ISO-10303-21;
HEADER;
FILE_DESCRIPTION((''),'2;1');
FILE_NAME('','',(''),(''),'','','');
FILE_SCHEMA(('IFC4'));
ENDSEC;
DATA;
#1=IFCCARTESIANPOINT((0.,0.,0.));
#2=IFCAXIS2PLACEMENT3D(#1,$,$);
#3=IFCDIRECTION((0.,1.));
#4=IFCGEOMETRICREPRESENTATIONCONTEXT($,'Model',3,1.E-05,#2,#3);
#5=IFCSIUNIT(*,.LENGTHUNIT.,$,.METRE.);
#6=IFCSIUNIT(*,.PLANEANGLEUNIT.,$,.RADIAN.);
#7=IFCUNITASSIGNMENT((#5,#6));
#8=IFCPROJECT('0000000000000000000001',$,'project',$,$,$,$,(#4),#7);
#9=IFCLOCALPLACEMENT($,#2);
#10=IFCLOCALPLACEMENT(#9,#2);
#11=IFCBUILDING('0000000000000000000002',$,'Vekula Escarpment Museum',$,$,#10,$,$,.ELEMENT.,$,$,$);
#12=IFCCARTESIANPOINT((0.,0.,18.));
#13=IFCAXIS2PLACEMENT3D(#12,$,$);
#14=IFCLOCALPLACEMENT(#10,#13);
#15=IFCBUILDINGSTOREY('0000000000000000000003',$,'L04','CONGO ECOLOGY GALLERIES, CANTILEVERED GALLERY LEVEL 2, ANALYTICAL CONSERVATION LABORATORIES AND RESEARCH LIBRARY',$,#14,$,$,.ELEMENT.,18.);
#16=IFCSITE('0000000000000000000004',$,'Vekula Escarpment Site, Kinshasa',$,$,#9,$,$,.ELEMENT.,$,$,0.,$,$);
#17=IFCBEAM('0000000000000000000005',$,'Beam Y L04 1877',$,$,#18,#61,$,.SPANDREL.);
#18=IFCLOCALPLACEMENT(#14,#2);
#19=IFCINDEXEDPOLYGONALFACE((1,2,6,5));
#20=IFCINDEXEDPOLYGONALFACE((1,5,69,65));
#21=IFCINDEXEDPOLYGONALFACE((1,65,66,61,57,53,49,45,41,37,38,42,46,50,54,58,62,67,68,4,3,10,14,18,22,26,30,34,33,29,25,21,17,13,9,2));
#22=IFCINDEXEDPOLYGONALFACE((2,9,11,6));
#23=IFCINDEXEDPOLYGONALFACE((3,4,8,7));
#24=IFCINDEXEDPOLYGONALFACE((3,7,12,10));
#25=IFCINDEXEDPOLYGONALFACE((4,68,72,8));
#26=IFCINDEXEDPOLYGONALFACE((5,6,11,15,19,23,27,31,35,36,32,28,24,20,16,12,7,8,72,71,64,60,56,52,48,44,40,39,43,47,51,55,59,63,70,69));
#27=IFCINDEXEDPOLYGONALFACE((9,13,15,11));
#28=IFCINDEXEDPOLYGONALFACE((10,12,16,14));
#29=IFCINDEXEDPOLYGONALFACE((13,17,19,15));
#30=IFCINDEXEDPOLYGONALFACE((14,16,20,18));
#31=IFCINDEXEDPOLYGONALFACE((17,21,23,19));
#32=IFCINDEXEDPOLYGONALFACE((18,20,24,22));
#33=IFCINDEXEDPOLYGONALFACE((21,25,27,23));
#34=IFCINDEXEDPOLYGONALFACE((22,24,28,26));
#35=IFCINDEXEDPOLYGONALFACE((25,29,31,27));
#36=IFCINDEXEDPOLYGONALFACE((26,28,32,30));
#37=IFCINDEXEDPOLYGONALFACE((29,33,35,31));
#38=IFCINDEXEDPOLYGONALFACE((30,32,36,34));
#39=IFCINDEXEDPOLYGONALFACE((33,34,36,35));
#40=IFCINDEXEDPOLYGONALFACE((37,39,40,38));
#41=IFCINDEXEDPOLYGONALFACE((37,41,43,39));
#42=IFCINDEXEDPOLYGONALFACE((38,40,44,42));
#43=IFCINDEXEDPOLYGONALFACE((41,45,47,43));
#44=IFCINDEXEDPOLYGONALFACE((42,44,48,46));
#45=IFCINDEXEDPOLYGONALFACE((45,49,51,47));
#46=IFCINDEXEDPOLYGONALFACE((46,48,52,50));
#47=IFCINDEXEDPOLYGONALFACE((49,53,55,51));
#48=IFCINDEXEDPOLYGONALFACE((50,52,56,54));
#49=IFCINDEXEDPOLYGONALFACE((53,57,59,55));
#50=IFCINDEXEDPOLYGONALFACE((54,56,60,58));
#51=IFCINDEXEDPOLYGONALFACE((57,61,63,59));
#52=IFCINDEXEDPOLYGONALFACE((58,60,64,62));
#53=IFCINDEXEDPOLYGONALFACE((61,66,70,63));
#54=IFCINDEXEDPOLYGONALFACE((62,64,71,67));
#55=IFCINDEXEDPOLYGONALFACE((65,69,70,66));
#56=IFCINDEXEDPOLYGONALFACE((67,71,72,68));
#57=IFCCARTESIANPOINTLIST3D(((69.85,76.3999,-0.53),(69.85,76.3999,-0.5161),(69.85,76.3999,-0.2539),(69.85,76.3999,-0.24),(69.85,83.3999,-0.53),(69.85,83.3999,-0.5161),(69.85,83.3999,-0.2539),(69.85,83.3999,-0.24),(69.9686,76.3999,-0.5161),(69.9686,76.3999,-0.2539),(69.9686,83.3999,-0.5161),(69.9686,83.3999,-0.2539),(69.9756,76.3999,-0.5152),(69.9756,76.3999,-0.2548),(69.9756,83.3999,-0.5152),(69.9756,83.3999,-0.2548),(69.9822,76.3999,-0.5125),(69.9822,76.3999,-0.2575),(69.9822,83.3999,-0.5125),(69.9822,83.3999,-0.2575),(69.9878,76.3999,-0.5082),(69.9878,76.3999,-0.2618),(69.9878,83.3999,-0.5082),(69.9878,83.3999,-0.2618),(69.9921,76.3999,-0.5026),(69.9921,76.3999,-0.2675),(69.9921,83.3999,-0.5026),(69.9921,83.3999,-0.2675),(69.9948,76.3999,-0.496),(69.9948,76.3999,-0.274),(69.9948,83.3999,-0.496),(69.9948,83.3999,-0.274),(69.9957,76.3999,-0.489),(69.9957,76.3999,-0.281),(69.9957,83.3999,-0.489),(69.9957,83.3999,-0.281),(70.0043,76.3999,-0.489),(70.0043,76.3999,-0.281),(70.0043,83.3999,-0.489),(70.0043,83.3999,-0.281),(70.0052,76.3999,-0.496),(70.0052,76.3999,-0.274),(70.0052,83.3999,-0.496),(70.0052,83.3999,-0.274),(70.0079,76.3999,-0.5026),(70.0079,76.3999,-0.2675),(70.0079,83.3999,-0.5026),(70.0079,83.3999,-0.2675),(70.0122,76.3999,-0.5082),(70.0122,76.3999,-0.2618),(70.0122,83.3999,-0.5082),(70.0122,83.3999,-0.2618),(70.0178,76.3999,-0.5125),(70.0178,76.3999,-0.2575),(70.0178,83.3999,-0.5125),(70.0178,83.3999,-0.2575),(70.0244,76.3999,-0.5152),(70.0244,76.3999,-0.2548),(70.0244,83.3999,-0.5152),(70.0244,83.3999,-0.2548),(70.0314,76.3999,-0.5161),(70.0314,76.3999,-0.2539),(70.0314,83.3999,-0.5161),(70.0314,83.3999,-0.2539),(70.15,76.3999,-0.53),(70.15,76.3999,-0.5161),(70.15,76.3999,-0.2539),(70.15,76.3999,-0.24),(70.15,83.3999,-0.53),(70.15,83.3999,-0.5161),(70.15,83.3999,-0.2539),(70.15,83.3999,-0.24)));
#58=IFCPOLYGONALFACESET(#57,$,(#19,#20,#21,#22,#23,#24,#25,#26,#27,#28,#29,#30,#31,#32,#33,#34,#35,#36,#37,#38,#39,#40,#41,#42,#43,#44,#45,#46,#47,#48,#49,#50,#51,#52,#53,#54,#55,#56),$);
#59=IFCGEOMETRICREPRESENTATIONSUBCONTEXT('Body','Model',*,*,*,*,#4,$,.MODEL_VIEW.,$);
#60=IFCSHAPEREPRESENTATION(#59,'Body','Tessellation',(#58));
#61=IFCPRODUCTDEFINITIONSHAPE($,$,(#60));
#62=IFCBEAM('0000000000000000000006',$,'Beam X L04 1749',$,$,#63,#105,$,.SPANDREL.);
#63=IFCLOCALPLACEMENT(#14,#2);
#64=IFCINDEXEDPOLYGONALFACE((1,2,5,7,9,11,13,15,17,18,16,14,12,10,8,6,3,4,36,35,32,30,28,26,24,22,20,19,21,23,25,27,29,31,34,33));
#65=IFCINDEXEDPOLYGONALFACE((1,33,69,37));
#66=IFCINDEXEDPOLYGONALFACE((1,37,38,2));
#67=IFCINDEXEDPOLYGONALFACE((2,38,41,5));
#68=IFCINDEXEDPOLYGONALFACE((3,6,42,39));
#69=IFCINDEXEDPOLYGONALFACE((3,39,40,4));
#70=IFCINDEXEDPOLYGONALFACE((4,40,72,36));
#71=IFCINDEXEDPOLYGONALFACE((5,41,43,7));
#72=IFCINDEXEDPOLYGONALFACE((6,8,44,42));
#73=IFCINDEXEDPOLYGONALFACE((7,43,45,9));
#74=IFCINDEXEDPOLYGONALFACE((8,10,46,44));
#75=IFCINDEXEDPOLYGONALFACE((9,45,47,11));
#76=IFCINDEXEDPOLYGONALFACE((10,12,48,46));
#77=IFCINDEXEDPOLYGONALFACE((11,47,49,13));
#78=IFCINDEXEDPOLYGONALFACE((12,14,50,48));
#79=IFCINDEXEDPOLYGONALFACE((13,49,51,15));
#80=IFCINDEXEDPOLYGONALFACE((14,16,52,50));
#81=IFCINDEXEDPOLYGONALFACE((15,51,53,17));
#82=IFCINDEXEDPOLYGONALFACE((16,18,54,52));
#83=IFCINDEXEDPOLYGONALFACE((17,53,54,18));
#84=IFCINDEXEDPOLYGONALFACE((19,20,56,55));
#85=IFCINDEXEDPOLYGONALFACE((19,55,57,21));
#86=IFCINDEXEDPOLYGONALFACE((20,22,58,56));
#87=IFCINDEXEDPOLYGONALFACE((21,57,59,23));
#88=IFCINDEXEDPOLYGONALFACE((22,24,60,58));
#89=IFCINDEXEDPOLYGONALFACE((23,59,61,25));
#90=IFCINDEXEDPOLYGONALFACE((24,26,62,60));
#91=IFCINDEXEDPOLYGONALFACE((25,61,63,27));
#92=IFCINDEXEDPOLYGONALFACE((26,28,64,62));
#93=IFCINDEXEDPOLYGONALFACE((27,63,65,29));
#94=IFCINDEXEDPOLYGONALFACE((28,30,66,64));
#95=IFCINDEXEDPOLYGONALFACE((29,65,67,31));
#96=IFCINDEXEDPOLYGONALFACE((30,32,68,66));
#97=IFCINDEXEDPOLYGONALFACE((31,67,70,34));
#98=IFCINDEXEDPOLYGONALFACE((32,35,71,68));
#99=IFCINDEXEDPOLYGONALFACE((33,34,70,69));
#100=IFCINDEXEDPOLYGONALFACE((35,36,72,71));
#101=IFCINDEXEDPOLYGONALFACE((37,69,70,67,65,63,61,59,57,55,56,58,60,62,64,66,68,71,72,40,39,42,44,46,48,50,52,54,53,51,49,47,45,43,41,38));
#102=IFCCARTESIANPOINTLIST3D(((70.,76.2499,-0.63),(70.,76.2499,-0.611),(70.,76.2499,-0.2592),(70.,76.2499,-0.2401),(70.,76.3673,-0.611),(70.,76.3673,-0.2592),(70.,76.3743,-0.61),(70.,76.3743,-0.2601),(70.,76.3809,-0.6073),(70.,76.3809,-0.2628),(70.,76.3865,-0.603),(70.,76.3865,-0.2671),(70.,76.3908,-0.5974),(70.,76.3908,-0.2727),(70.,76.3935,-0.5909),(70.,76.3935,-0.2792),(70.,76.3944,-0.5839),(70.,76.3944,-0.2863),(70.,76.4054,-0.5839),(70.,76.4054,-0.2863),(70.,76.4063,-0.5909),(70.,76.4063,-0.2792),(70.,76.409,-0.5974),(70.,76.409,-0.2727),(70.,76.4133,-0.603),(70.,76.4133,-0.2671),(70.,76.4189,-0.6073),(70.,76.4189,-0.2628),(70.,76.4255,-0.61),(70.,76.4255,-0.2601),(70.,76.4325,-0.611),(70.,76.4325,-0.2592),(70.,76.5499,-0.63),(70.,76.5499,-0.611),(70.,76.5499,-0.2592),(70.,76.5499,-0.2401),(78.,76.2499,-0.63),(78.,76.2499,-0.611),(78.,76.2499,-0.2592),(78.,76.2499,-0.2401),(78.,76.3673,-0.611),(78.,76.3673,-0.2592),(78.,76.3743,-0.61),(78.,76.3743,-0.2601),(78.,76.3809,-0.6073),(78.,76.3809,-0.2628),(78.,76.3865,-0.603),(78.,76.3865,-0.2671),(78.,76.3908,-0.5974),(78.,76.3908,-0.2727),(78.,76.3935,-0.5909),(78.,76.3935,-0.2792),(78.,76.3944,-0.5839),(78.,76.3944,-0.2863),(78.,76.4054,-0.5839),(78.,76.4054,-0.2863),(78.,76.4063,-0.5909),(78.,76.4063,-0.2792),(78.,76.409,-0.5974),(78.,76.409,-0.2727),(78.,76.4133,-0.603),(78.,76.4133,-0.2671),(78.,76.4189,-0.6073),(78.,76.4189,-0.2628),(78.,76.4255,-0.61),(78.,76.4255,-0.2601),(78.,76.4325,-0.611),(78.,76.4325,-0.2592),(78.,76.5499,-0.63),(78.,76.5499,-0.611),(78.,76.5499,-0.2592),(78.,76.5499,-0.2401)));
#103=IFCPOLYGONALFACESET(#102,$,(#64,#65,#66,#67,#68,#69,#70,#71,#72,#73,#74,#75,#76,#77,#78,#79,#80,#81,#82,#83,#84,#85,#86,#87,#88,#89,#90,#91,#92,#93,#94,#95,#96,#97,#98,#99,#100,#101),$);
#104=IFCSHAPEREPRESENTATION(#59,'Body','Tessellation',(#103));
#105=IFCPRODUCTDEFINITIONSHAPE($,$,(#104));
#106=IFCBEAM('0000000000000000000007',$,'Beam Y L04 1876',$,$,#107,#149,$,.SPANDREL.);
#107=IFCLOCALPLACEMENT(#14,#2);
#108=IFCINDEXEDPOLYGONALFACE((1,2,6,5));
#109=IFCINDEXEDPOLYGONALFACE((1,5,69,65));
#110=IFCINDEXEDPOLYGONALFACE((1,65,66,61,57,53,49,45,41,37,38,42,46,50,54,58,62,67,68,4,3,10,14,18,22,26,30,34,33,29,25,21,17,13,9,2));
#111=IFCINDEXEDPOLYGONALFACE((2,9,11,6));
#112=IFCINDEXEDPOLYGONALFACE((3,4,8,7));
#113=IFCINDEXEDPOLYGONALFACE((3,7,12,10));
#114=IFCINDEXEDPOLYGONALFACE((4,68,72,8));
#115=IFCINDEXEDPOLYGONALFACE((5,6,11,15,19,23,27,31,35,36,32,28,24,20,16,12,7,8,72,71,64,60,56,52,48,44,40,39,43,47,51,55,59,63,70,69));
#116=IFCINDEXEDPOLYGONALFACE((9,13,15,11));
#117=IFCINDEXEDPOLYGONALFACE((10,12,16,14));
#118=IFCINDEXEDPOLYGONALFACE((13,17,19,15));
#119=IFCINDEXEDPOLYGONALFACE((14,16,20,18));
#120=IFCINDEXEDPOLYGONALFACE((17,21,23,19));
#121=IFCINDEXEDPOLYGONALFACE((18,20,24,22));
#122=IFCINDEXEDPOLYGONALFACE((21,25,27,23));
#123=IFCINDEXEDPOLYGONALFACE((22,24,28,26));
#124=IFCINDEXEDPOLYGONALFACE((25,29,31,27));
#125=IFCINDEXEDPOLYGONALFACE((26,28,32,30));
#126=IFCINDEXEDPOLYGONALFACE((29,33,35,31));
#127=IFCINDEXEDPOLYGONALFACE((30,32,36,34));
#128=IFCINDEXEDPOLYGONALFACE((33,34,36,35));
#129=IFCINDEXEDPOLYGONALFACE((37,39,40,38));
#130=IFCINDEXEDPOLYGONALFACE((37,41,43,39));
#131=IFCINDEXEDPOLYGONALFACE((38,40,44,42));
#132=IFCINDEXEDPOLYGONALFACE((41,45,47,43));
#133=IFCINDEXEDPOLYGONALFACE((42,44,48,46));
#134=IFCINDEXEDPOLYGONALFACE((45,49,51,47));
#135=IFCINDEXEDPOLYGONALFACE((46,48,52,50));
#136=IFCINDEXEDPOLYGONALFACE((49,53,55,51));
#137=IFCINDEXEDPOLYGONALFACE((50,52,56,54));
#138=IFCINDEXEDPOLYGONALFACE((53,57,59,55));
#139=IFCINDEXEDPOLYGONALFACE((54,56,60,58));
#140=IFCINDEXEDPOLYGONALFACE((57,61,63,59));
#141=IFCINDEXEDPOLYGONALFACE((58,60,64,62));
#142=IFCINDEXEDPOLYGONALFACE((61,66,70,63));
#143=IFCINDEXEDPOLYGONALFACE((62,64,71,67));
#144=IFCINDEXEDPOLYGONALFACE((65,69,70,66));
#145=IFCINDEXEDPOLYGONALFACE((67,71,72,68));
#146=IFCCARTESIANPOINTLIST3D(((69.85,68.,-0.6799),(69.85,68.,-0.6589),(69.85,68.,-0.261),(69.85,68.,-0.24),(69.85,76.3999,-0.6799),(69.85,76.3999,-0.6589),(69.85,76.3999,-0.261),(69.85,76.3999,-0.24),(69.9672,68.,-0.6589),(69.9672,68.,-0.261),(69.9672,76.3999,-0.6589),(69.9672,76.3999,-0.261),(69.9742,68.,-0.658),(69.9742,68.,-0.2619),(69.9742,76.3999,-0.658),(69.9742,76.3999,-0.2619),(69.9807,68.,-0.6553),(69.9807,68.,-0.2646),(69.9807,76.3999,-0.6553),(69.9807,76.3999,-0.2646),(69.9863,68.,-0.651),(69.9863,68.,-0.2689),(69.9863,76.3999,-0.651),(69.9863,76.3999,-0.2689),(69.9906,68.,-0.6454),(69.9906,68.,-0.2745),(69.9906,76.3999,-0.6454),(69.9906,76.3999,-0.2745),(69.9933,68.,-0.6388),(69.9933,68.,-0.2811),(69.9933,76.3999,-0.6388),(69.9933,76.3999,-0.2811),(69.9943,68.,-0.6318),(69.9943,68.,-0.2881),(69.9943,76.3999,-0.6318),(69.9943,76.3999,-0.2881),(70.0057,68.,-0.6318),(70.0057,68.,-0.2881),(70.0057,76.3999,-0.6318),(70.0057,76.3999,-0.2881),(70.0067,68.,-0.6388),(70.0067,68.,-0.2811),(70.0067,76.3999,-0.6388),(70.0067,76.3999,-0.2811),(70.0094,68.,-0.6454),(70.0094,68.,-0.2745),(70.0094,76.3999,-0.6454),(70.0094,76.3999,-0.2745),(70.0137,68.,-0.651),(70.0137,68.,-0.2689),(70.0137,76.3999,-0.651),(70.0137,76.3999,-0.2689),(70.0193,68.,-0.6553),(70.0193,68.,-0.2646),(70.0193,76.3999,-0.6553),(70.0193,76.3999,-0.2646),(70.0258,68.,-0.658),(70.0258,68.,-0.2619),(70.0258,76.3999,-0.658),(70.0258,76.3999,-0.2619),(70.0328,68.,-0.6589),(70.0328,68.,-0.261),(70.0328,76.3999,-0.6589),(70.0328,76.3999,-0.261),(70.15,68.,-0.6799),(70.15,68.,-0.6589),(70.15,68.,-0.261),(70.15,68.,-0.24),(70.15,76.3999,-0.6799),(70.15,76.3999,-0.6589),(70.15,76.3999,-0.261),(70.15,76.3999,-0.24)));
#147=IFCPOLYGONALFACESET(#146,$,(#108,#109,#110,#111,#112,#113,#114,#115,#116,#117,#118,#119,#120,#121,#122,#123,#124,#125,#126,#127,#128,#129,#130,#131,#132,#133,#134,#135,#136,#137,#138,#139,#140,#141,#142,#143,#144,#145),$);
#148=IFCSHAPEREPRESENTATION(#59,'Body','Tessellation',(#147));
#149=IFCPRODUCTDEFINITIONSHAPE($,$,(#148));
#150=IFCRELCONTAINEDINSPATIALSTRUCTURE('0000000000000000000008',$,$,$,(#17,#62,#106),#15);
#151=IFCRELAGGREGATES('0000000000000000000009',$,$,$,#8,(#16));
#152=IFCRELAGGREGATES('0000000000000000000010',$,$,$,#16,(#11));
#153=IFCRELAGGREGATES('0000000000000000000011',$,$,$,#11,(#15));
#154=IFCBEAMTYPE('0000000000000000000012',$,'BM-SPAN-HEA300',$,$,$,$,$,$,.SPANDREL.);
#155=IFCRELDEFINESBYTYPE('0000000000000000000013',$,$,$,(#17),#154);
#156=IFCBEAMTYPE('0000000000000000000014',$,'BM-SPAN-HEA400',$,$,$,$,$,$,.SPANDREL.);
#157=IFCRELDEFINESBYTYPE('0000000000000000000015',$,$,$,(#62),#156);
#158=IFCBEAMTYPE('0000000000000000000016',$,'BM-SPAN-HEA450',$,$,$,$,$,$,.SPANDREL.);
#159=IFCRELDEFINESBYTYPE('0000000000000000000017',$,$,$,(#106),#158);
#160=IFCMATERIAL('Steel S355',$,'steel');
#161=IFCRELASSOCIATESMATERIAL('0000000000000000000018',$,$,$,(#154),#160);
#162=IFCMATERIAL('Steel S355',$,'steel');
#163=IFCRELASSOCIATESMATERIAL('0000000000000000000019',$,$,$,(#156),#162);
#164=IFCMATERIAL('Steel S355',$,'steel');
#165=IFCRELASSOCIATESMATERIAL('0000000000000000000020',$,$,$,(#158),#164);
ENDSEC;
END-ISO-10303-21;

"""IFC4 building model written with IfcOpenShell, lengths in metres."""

from ifc_helpers import new_model, si_unit, direction, frame, origin, origin_2d, place, context, subcontext, project, spatial, i_section, extrude, material, material_profile, profile_set, type_object, element, save


model = new_model("IFC4")

# Units and contexts
model_context = context("Model", 3, precision=1e-05, world=origin(), true_north=direction((0.0, 1.0)))
body_context = subcontext(model_context, "Body", "Model", "MODEL_VIEW")
ifc_project = project(units=[si_unit("LENGTHUNIT", "METRE"), si_unit("PLANEANGLEUNIT", "RADIAN")], contexts=[model_context])

# Site, building, storey
site_placement = place(None, origin())
site = spatial("IfcSite", under=ifc_project, at=site_placement, Name="Vekula Escarpment Site, Kinshasa", CompositionType="ELEMENT", RefElevation=0.0)
building_placement = place(site_placement, origin())
building = spatial("IfcBuilding", under=site, at=building_placement, Name="Vekula Escarpment Museum", CompositionType="ELEMENT")
storey_placement = place(building_placement, frame((0.0, 0.0, 18.0)))
storey = spatial("IfcBuildingStorey", under=building, at=storey_placement, Name="L04", Description="CONGO ECOLOGY GALLERIES, CANTILEVERED GALLERY LEVEL 2, ANALYTICAL CONSERVATION LABORATORIES AND RESEARCH LIBRARY", CompositionType="ELEMENT", Elevation=18.0)

# Beams
ifc_material_1 = material(Name="Steel S355", Category="steel")
ifc_material_profile_1 = material_profile(ifc_material_1, i_section(OverallWidth=0.3, OverallDepth=0.29, WebThickness=0.0085, FlangeThickness=0.0139, FilletRadius=0.0271, at=origin_2d()), Name="HEA 300")
ifc_profile_set_1 = profile_set([ifc_material_profile_1], Name="Steel S355")
beam_type_1 = type_object("IfcBeamType", Name="BM-SPAN-HEA300", PredefinedType="SPANDREL", material=ifc_profile_set_1)
beam_1_placement = place(storey_placement, frame((70.0, 76.3999, -0.385), z_axis=(0.0, 1.0, 0.0), x_axis=(-1.0, 0.0, 0.0)))
element("IfcBeam", 1, at=beam_1_placement, inside=storey, type_object=beam_type_1, Name="Beam Y L04 1877", PredefinedType="SPANDREL", context=body_context, shape_type="SweptSolid", body=[
    extrude(i_section(OverallWidth=0.3, OverallDepth=0.29, WebThickness=0.0085, FlangeThickness=0.0139, FilletRadius=0.0271, at=origin_2d()), origin(), (0.0, 0.0, 1.0), 7.0),
])
ifc_material_2 = material(Name="Steel S355", Category="steel")
ifc_material_profile_2 = material_profile(ifc_material_2, i_section(OverallWidth=0.3, OverallDepth=0.3899, WebThickness=0.011, FlangeThickness=0.019, FilletRadius=0.0271, at=origin_2d()), Name="HEA 400")
ifc_profile_set_2 = profile_set([ifc_material_profile_2], Name="Steel S355")
beam_type_2 = type_object("IfcBeamType", Name="BM-SPAN-HEA400", PredefinedType="SPANDREL", material=ifc_profile_set_2)
beam_2_placement = place(storey_placement, frame((70.0, 76.3999, -0.4351), z_axis=(1.0, 0.0, 0.0), x_axis=(0.0, 1.0, 0.0)))
element("IfcBeam", 2, at=beam_2_placement, inside=storey, type_object=beam_type_2, Name="Beam X L04 1749", PredefinedType="SPANDREL", context=body_context, shape_type="SweptSolid", body=[
    extrude(i_section(OverallWidth=0.3, OverallDepth=0.3899, WebThickness=0.011, FlangeThickness=0.019, FilletRadius=0.0271, at=origin_2d()), origin(), (0.0, 0.0, 1.0), 8.0),
])
ifc_material_3 = material(Name="Steel S355", Category="steel")
ifc_material_profile_3 = material_profile(ifc_material_3, i_section(OverallWidth=0.3, OverallDepth=0.4399, WebThickness=0.0115, FlangeThickness=0.021, FilletRadius=0.0271, at=origin_2d()), Name="HEA 450")
ifc_profile_set_3 = profile_set([ifc_material_profile_3], Name="Steel S355")
beam_type_3 = type_object("IfcBeamType", Name="BM-SPAN-HEA450", PredefinedType="SPANDREL", material=ifc_profile_set_3)
beam_3_placement = place(storey_placement, frame((70.0, 68.0, -0.46), z_axis=(0.0, 1.0, 0.0), x_axis=(-1.0, 0.0, 0.0)))
element("IfcBeam", 3, at=beam_3_placement, inside=storey, type_object=beam_type_3, Name="Beam Y L04 1876", PredefinedType="SPANDREL", context=body_context, shape_type="SweptSolid", body=[
    extrude(i_section(OverallWidth=0.3, OverallDepth=0.4399, WebThickness=0.0115, FlangeThickness=0.021, FilletRadius=0.0271, at=origin_2d()), origin(), (0.0, 0.0, 1.0), 8.3999),
])

save(model, "model.ifc")
